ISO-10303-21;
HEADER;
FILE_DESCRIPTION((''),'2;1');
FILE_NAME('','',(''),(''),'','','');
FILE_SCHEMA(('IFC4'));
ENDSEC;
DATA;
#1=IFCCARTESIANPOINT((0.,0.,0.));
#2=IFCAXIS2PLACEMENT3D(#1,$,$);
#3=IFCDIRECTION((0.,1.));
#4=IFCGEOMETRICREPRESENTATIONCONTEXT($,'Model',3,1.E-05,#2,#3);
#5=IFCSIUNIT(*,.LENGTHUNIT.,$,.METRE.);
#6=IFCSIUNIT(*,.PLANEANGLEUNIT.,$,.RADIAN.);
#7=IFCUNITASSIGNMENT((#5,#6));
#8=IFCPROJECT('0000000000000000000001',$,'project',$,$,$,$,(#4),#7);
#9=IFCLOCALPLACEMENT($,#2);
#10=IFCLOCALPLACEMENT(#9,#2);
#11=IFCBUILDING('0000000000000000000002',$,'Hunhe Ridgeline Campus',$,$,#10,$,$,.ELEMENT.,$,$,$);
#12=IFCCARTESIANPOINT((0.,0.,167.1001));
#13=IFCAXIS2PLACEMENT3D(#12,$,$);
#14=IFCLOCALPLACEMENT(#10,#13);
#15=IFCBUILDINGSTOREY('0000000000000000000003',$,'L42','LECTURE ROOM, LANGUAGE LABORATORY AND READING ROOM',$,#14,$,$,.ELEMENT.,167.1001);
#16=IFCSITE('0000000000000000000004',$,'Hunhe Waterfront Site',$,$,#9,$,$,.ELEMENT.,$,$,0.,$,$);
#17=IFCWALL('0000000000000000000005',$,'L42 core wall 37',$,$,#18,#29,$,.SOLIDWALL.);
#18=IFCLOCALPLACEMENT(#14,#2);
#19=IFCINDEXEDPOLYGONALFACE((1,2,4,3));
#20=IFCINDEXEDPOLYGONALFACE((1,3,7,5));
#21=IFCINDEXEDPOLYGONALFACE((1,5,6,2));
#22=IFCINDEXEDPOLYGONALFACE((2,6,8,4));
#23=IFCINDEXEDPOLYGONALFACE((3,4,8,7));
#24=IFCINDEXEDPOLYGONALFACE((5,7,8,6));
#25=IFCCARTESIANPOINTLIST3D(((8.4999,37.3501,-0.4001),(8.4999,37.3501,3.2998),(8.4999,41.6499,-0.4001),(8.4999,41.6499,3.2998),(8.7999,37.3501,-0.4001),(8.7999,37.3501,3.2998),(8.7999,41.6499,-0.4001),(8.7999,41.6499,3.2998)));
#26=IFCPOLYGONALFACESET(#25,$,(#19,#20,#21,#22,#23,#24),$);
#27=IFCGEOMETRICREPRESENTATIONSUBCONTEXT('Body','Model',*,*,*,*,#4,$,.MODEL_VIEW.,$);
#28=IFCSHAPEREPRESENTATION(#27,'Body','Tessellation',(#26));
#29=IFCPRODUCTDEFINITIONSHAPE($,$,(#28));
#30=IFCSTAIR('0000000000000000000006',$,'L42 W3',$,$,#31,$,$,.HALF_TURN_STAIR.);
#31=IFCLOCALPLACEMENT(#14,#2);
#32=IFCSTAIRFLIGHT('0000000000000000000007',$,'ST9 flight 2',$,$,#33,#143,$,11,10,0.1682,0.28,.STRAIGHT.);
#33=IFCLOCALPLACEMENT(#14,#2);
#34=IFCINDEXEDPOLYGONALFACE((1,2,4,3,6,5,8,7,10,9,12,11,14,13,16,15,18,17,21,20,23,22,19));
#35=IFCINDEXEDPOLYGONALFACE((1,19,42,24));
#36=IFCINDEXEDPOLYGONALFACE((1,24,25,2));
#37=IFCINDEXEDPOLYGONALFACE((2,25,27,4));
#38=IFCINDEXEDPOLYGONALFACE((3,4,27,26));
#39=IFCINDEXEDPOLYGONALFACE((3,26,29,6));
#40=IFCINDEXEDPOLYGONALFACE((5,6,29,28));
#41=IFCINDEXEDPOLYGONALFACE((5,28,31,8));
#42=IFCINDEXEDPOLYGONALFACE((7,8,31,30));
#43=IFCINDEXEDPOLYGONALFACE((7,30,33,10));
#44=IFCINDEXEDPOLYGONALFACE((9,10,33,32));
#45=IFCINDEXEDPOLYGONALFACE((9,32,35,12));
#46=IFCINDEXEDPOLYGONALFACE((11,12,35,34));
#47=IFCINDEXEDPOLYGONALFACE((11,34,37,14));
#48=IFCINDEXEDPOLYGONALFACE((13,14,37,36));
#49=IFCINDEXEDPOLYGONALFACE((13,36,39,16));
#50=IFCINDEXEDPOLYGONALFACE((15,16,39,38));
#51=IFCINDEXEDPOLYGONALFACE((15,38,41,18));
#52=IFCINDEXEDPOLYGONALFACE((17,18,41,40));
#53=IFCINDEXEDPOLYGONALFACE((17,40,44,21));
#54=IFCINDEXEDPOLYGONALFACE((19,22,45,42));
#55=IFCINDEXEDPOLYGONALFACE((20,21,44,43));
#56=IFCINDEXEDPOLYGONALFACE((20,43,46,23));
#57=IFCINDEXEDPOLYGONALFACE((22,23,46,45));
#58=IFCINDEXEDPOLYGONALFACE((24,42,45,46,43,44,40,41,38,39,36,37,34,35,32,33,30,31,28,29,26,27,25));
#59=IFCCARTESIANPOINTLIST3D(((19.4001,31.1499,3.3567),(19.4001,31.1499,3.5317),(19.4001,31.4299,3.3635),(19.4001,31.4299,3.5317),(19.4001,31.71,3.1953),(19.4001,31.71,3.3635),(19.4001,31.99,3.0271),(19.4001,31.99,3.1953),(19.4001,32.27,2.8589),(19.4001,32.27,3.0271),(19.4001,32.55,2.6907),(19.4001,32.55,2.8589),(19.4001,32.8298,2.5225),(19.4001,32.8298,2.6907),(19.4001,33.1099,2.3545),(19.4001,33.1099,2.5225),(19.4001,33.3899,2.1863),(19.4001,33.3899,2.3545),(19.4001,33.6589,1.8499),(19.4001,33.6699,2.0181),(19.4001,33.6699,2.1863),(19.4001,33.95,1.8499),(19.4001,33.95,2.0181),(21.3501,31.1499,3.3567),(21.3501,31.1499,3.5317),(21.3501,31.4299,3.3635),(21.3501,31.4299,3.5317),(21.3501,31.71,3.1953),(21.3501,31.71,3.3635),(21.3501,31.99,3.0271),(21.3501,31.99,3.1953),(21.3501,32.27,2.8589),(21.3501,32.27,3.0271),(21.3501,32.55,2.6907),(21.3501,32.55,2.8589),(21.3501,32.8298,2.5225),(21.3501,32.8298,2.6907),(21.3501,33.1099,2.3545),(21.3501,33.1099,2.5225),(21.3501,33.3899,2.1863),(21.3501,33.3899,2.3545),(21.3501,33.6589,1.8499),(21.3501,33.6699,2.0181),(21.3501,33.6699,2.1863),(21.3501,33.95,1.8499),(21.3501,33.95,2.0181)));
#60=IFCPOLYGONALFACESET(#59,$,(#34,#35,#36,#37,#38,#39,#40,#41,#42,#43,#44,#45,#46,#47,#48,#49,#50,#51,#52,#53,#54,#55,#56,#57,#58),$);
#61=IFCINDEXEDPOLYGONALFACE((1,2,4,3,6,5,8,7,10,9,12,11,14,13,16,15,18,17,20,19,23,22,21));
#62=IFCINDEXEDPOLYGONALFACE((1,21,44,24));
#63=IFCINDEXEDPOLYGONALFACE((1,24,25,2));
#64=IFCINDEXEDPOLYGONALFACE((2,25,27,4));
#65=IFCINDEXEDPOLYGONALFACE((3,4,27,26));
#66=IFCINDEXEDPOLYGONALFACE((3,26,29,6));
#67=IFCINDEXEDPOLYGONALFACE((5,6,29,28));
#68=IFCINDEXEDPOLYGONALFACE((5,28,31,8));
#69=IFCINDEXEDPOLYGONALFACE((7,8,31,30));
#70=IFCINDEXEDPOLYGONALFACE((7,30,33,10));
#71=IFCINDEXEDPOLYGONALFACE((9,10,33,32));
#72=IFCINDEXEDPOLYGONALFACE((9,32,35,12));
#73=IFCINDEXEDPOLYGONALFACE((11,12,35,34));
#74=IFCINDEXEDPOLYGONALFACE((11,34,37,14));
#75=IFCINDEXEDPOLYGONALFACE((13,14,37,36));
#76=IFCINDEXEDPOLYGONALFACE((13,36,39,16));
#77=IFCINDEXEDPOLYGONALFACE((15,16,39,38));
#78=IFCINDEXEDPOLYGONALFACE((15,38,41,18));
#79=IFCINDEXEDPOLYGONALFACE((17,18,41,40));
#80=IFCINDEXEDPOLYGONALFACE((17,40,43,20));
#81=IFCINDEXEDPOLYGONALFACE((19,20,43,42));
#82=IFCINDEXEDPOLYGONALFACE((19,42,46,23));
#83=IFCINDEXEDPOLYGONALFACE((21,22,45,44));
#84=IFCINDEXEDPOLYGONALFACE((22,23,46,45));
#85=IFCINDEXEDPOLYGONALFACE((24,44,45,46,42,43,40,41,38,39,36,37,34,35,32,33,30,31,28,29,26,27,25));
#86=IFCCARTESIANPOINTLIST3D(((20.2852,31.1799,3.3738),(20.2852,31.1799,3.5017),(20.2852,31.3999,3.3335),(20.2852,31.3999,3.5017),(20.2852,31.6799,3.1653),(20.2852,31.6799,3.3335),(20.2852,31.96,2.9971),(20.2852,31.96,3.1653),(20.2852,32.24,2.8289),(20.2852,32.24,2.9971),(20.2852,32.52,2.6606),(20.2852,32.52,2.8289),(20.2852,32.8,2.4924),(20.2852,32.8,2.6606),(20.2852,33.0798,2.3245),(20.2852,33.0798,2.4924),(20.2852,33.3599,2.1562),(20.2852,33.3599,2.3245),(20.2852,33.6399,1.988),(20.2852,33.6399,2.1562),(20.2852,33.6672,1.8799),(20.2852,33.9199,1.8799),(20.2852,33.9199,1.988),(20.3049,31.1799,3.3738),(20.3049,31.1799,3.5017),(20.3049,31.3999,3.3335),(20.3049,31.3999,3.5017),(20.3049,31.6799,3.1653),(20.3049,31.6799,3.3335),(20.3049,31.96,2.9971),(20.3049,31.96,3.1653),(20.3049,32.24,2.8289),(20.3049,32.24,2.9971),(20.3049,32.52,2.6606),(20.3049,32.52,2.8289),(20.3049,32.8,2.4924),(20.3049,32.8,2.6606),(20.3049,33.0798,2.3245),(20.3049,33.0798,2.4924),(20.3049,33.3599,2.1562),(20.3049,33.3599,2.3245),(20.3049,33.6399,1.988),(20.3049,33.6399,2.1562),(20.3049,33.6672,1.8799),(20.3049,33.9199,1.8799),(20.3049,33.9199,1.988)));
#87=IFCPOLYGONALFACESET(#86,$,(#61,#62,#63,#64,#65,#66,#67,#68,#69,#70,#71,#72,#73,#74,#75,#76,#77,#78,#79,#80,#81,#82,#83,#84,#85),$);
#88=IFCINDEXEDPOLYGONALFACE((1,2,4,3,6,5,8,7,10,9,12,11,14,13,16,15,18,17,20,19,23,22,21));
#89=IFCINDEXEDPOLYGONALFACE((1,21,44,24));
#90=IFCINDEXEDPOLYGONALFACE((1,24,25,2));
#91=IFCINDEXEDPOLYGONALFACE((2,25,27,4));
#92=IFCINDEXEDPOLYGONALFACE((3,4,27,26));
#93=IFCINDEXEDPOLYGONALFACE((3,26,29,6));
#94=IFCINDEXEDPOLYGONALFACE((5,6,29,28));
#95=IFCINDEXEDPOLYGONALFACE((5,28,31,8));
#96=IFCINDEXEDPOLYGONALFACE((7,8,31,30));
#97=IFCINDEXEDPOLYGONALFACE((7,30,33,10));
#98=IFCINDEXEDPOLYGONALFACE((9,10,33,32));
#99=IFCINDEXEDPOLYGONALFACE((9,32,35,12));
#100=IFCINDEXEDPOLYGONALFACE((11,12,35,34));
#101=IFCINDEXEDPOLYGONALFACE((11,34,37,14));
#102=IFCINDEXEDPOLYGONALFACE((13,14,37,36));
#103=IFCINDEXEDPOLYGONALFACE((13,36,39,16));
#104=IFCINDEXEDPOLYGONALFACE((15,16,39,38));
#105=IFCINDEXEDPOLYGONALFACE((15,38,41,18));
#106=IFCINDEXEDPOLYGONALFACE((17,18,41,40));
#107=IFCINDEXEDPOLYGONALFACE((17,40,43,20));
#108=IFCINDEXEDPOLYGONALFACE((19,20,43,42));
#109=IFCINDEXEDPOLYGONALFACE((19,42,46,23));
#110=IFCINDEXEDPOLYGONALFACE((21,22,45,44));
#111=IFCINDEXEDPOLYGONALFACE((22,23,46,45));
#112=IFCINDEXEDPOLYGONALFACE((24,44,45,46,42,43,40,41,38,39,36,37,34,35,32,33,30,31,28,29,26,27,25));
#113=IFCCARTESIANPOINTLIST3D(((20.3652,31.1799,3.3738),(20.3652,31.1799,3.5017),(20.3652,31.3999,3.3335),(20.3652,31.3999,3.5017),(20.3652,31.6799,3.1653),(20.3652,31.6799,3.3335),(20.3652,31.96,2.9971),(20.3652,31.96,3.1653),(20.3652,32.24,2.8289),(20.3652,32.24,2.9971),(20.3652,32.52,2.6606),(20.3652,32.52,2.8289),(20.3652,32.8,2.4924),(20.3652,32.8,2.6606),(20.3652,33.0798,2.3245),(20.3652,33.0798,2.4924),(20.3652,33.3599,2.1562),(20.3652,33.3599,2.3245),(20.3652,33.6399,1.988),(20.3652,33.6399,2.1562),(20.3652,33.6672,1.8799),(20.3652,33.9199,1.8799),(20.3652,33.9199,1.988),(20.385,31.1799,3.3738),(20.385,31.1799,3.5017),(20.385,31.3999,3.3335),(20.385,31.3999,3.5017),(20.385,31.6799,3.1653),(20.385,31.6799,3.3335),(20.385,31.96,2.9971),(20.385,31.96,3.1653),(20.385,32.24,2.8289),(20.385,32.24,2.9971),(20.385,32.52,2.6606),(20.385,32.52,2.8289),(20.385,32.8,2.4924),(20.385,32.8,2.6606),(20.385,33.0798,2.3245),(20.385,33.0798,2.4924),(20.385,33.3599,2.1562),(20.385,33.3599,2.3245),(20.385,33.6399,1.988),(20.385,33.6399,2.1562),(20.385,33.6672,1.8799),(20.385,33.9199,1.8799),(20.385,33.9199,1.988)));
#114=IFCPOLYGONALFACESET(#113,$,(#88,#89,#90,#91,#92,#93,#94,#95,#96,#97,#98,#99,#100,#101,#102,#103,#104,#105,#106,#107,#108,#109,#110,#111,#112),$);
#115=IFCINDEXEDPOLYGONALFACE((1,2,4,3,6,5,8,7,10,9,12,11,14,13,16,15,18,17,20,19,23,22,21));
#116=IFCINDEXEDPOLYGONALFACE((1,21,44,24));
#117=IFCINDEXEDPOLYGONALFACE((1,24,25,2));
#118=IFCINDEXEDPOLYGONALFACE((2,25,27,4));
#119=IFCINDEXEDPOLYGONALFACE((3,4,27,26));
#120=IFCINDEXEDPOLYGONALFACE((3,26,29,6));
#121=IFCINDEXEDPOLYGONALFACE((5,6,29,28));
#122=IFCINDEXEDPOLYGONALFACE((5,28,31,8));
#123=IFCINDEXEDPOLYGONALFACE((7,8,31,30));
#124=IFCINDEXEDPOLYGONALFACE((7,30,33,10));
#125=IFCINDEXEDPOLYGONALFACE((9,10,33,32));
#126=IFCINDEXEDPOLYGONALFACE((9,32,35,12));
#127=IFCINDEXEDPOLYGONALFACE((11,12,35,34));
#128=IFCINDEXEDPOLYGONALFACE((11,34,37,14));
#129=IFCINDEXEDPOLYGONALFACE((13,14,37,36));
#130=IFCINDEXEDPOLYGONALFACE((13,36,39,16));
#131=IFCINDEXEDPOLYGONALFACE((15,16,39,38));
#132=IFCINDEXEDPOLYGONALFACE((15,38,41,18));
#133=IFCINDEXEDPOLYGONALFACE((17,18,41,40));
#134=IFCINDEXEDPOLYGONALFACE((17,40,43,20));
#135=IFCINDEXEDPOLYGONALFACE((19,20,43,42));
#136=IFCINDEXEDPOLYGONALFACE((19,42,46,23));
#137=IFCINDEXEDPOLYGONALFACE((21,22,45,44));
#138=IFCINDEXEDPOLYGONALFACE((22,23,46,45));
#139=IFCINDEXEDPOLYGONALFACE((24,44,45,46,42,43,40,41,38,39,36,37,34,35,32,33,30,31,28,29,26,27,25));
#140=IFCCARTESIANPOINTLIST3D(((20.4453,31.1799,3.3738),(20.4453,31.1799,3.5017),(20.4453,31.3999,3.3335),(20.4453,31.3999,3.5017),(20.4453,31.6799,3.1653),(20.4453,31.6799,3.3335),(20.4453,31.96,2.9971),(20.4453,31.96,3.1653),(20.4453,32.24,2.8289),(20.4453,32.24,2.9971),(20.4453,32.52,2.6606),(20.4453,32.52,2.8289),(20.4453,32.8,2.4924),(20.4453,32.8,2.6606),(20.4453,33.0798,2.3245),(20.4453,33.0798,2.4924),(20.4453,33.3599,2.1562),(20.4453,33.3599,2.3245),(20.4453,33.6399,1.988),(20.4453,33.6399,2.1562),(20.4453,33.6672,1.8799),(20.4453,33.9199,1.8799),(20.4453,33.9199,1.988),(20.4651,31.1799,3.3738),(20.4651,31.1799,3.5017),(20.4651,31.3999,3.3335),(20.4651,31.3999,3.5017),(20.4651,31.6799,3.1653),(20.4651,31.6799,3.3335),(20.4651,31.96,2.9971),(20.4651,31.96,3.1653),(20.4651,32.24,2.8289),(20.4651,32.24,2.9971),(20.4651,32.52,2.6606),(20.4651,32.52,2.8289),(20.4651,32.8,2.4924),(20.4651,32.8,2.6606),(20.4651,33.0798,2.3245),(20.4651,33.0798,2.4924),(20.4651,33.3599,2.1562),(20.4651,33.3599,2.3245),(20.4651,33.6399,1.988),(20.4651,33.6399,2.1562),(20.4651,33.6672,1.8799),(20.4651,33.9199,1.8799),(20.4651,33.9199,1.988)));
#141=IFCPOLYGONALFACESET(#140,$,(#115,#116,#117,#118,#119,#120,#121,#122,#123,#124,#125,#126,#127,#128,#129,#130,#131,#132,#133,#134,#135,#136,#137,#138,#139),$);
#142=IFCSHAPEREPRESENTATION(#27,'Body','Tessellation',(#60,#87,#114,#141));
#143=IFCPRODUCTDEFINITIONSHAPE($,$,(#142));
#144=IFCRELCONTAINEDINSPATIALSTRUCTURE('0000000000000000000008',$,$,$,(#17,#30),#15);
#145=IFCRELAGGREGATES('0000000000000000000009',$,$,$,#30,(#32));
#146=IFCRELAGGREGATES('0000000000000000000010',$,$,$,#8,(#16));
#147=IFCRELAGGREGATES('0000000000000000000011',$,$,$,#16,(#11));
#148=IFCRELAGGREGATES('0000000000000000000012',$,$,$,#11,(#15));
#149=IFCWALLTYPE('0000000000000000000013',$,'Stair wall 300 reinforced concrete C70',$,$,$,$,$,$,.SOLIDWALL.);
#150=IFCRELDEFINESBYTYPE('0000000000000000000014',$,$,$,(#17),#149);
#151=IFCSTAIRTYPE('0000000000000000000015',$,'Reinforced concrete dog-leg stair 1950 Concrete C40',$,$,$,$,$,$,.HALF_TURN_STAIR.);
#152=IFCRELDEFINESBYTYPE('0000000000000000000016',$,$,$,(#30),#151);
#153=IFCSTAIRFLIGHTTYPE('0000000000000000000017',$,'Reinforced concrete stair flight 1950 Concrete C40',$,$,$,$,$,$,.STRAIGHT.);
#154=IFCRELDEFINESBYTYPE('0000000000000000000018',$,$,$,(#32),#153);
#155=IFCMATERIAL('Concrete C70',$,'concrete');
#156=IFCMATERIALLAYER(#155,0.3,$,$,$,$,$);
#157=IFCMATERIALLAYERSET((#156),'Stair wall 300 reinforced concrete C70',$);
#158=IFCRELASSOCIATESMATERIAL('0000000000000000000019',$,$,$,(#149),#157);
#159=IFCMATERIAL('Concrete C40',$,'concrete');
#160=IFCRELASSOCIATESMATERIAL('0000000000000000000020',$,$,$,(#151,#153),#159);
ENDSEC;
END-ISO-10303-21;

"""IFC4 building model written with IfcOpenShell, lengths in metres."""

from ifc_helpers import new_model, si_unit, direction, frame, frame_2d, origin, place, context, subcontext, project, spatial, polyline, rectangle, outline, extrude, material, layer, layer_set, type_object, element, aggregate, save


model = new_model("IFC4")

# Units and contexts
model_context = context("Model", 3, precision=1e-05, world=origin(), true_north=direction((0.0, 1.0)))
body_context = subcontext(model_context, "Body", "Model", "MODEL_VIEW")
ifc_project = project(units=[si_unit("LENGTHUNIT", "METRE"), si_unit("PLANEANGLEUNIT", "RADIAN")], contexts=[model_context])

# Site, building, storey
site_placement = place(None, origin())
site = spatial("IfcSite", under=ifc_project, at=site_placement, Name="Hunhe Waterfront Site", CompositionType="ELEMENT", RefElevation=0.0)
building_placement = place(site_placement, origin())
building = spatial("IfcBuilding", under=site, at=building_placement, Name="Hunhe Ridgeline Campus", CompositionType="ELEMENT")
storey_placement = place(building_placement, frame((0.0, 0.0, 167.1001)))
storey = spatial("IfcBuildingStorey", under=building, at=storey_placement, Name="L42", Description="LECTURE ROOM, LANGUAGE LABORATORY AND READING ROOM", CompositionType="ELEMENT", Elevation=167.1001)

# Shared definitions
ifc_material_1 = material(Name="Concrete C70", Category="concrete")

# Shared definitions
ifc_layer_1 = layer(ifc_material_1, 0.3)
ifc_layer_set_1 = layer_set([ifc_layer_1], Name="Stair wall 300 reinforced concrete C70")
wall_type_1 = type_object("IfcWallType", Name="Stair wall 300 reinforced concrete C70", PredefinedType="SOLIDWALL", material=ifc_layer_set_1)

# Wall
wall_1_placement = place(storey_placement, frame((8.6499, 37.3501, -0.4001), z_axis=(0.0, 0.0, 1.0), x_axis=(0.0, 1.0, 0.0)))
element("IfcWall", 1, at=wall_1_placement, inside=storey, type_object=wall_type_1, Name="L42 core wall 37", PredefinedType="SOLIDWALL", context=body_context, shape_type="SweptSolid", body=[
    extrude(rectangle(XDim=4.2998, YDim=0.3, at=frame_2d((2.1499, 0.0))), origin(), (0.0, 0.0, 1.0), 3.7),
])

# Stair, stair flight
ifc_material_2 = material(Name="Concrete C40", Category="concrete")
stair_type = type_object("IfcStairType", Name="Reinforced concrete dog-leg stair 1950 Concrete C40", PredefinedType="HALF_TURN_STAIR", material=ifc_material_2)
stair_1_placement = place(storey_placement, origin())
stair_1 = element("IfcStair", 2, at=stair_1_placement, inside=storey, type_object=stair_type, Name="L42 W3", PredefinedType="HALF_TURN_STAIR")
stair_flight_type = type_object("IfcStairFlightType", Name="Reinforced concrete stair flight 1950 Concrete C40", PredefinedType="STRAIGHT", material=ifc_material_2)
stair_flight_1_placement = place(storey_placement, frame((20.375, 33.95, 1.8499), z_axis=(0.0, 0.0, 1.0), x_axis=(0.0, -1.0, 0.0)))
stair_flight_1 = element("IfcStairFlight", 3, at=stair_flight_1_placement, type_object=stair_flight_type, Name="ST9 flight 2", NumberOfRisers=11, NumberOfTreads=10, PredefinedType="STRAIGHT", RiserHeight=0.1682, TreadLength=0.28, context=body_context, shape_type="SweptSolid", body=[
    extrude(outline(polyline([(0.0, 0.0), (0.0, 0.1682), (0.28, 0.1682), (0.28, 0.3364), (0.5601, 0.3364), (0.5601, 0.5046), (0.8401, 0.5046), (0.8401, 0.6726), (1.1201, 0.6726), (1.1201, 0.8408), (1.3999, 0.8408), (1.3999, 1.009), (1.6799, 1.009), (1.6799, 1.1772), (1.96, 1.1772), (1.96, 1.3455), (2.24, 1.3455), (2.24, 1.5137), (2.52, 1.5137), (2.52, 1.6819), (2.8, 1.6819), (2.8, 1.8501), (2.8, 1.5068), (0.291, 0.0), (0.0, 0.0)])), frame((0.0, 0.9751, 0.0), z_axis=(0.0, -1.0, 0.0), x_axis=(1.0, 0.0, 0.0)), (0.0, 0.0, 1.0), 1.95),
    extrude(outline(polyline([(0.03, 0.03), (0.03, 0.1382), (0.3101, 0.1382), (0.3101, 0.3064), (0.5901, 0.3064), (0.5901, 0.4746), (0.8701, 0.4746), (0.8701, 0.6426), (1.1499, 0.6426), (1.1499, 0.8108), (1.4299, 0.8108), (1.4299, 0.979), (1.71, 0.979), (1.71, 1.1472), (1.99, 1.1472), (1.99, 1.3154), (2.27, 1.3154), (2.27, 1.4836), (2.55, 1.4836), (2.55, 1.6519), (2.77, 1.6519), (2.77, 1.5239), (0.2827, 0.03), (0.03, 0.03)])), frame((0.0, -0.0701, 0.0), z_axis=(0.0, -1.0, 0.0), x_axis=(1.0, 0.0, 0.0)), (0.0, 0.0, 1.0), 0.0198),
    extrude(outline(polyline([(0.03, 0.03), (0.03, 0.1382), (0.3101, 0.1382), (0.3101, 0.3064), (0.5901, 0.3064), (0.5901, 0.4746), (0.8701, 0.4746), (0.8701, 0.6426), (1.1499, 0.6426), (1.1499, 0.8108), (1.4299, 0.8108), (1.4299, 0.979), (1.71, 0.979), (1.71, 1.1472), (1.99, 1.1472), (1.99, 1.3154), (2.27, 1.3154), (2.27, 1.4836), (2.55, 1.4836), (2.55, 1.6519), (2.77, 1.6519), (2.77, 1.5239), (0.2827, 0.03), (0.03, 0.03)])), frame((0.0, 0.01, 0.0), z_axis=(0.0, -1.0, 0.0), x_axis=(1.0, 0.0, 0.0)), (0.0, 0.0, 1.0), 0.0198),
    extrude(outline(polyline([(0.03, 0.03), (0.03, 0.1382), (0.3101, 0.1382), (0.3101, 0.3064), (0.5901, 0.3064), (0.5901, 0.4746), (0.8701, 0.4746), (0.8701, 0.6426), (1.1499, 0.6426), (1.1499, 0.8108), (1.4299, 0.8108), (1.4299, 0.979), (1.71, 0.979), (1.71, 1.1472), (1.99, 1.1472), (1.99, 1.3154), (2.27, 1.3154), (2.27, 1.4836), (2.55, 1.4836), (2.55, 1.6519), (2.77, 1.6519), (2.77, 1.5239), (0.2827, 0.03), (0.03, 0.03)])), frame((0.0, 0.0901, 0.0), z_axis=(0.0, -1.0, 0.0), x_axis=(1.0, 0.0, 0.0)), (0.0, 0.0, 1.0), 0.0198),
])
aggregate(stair_1, [stair_flight_1])

save(model, "model.ifc")
